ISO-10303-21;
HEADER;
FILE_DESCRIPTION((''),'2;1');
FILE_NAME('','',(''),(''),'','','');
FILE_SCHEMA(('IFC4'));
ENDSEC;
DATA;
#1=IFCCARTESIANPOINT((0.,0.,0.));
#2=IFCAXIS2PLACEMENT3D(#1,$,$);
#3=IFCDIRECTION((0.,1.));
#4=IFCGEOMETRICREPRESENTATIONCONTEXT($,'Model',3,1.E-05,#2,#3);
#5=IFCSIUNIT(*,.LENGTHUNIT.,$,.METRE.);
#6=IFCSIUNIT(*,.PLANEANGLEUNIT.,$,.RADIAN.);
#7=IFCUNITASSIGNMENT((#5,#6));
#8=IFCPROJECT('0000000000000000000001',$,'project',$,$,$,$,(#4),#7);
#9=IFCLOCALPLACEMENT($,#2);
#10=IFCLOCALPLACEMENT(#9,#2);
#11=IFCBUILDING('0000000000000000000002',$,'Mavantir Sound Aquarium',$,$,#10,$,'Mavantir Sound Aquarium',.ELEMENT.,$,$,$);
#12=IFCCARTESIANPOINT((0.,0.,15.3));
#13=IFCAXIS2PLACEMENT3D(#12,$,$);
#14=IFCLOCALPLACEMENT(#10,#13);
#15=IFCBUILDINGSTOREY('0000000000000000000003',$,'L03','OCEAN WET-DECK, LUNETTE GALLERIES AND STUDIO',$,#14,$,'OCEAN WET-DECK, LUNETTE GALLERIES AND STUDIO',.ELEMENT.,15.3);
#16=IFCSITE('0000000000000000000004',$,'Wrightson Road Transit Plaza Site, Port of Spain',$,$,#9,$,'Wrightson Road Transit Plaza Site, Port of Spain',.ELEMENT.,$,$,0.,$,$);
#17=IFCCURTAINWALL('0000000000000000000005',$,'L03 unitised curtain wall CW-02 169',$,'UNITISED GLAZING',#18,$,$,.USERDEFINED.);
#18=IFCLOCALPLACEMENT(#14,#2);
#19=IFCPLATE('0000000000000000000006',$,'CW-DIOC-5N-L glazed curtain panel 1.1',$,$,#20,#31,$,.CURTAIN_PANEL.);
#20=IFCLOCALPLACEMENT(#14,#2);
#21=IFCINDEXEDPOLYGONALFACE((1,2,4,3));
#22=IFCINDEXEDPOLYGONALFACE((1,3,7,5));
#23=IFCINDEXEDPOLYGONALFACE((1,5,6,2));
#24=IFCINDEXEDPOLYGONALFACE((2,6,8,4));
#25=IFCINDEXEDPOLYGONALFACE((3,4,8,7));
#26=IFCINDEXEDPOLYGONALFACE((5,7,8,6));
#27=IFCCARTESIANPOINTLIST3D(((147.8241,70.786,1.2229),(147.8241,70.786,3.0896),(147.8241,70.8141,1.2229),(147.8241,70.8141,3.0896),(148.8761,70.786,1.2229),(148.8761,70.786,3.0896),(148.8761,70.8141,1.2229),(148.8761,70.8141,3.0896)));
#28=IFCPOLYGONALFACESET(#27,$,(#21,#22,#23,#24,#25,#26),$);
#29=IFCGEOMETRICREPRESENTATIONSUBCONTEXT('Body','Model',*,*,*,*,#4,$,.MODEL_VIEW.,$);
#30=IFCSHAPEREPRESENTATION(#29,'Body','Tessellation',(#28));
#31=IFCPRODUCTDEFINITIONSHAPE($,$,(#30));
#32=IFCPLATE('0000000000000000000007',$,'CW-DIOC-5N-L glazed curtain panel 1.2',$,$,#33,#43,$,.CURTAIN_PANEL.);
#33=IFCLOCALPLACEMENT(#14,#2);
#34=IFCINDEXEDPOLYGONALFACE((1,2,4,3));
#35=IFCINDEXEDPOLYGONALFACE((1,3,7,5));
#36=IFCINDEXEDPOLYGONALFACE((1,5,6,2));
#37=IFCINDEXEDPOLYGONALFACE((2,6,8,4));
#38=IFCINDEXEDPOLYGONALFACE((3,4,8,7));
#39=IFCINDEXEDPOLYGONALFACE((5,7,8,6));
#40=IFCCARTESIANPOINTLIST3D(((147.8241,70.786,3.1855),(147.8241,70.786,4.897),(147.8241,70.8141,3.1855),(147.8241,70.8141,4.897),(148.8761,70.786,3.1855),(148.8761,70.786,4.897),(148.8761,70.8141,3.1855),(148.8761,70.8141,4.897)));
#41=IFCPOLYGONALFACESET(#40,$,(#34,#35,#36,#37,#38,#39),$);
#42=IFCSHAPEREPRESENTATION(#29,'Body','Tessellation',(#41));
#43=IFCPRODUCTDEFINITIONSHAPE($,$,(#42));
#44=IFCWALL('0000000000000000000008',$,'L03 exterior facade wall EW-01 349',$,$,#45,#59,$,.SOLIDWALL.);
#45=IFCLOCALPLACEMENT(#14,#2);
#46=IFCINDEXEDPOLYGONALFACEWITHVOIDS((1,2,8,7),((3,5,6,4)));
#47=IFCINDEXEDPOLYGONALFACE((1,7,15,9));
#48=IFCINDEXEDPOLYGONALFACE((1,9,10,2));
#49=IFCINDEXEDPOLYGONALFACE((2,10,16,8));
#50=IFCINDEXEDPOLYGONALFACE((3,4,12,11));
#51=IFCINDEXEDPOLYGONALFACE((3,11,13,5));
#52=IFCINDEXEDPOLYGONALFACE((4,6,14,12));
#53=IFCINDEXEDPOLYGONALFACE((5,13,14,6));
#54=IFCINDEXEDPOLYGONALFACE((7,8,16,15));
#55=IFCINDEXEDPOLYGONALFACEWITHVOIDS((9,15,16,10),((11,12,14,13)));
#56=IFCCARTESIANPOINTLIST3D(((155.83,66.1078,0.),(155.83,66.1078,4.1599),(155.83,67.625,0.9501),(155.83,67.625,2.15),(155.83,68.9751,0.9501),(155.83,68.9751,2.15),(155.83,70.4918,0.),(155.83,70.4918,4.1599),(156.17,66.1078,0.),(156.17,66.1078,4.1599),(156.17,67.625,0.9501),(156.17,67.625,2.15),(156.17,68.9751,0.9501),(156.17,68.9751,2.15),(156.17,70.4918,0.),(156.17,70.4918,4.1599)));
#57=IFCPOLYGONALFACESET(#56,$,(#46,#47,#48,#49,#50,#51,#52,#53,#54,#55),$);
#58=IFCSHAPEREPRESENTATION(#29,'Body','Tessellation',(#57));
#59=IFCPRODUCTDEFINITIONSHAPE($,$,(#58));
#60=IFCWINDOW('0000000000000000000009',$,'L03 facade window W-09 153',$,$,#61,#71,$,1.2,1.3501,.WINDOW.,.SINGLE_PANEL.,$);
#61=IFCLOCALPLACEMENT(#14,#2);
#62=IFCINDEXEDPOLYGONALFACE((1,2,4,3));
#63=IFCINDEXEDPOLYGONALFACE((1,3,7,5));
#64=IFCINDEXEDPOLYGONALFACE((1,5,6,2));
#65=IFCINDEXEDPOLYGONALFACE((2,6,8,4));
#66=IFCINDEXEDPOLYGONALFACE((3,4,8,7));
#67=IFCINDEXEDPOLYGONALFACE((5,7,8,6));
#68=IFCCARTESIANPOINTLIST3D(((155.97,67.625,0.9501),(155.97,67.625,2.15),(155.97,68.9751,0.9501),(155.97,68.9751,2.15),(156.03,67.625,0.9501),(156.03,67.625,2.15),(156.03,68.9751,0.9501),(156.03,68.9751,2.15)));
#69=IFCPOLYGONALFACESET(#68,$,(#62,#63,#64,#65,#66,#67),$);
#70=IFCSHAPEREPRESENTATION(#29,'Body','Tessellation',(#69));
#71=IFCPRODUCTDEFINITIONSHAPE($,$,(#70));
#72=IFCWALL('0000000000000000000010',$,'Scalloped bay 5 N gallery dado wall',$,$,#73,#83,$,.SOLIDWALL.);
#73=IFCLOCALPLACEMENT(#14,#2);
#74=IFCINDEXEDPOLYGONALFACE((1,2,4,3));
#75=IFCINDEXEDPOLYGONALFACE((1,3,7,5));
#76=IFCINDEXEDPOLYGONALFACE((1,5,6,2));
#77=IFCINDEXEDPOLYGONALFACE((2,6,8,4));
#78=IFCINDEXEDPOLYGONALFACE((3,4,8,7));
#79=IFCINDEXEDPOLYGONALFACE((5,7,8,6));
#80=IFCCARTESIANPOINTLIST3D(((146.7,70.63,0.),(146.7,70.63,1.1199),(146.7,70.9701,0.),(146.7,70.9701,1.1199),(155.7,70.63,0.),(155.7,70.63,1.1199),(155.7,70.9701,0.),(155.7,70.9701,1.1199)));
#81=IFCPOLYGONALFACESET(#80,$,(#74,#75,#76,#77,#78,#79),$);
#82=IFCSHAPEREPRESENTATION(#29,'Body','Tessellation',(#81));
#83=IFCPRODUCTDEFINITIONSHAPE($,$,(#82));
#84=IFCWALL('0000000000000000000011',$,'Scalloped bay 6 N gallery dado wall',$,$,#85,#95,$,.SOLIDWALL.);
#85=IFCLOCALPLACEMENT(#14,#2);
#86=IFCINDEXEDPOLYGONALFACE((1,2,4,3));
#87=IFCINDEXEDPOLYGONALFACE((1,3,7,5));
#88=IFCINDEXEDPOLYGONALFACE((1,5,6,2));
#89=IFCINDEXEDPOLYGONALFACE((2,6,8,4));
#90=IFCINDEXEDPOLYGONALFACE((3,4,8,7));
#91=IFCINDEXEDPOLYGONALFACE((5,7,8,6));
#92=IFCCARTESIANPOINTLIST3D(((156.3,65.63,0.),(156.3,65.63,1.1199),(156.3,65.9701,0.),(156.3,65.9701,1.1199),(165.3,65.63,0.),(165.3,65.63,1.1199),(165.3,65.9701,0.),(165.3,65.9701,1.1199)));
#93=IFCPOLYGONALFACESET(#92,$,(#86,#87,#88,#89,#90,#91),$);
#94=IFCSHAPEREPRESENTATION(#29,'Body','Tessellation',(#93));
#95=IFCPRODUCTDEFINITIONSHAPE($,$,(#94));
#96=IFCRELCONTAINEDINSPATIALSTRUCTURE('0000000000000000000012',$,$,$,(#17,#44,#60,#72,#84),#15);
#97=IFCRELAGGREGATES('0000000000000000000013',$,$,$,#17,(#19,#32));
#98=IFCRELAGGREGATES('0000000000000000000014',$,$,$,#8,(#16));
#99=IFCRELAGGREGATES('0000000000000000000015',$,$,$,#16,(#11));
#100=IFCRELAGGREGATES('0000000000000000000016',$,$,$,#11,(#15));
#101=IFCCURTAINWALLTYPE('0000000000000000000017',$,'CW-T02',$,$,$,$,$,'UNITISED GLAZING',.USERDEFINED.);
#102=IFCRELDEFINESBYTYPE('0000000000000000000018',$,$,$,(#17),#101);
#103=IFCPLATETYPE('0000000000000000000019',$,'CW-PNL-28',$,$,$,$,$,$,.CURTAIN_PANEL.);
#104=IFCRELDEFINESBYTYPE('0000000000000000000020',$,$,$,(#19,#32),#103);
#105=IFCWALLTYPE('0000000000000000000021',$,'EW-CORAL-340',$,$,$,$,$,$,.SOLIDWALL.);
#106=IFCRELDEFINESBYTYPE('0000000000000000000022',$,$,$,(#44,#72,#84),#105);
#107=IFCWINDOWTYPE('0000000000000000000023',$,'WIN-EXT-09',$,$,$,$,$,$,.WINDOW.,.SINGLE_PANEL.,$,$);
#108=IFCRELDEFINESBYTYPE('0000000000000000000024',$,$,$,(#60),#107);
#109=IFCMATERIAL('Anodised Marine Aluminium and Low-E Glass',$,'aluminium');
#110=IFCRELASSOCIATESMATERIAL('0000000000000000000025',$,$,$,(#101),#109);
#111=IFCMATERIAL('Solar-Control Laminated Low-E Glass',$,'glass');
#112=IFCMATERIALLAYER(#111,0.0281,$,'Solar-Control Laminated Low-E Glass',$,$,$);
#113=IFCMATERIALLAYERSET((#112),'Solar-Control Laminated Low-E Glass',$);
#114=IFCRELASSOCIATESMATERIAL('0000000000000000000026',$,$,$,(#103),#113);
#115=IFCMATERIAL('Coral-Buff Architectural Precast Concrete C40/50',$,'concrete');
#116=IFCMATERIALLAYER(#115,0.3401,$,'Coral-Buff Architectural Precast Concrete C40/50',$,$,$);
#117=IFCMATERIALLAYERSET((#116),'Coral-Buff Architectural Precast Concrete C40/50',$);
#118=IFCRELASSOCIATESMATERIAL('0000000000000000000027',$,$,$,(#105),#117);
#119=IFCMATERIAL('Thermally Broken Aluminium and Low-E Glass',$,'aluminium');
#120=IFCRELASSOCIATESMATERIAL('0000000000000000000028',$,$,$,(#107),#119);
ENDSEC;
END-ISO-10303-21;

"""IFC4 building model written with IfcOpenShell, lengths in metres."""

from ifc_helpers import new_model, si_unit, direction, frame, frame_2d, origin, origin_2d, place, context, subcontext, project, spatial, rectangle, extrude, material, layer, layer_set, type_object, element, fill, aggregate, save


model = new_model("IFC4")

# Units and contexts
model_context = context("Model", 3, precision=1e-05, world=origin(), true_north=direction((0.0, 1.0)))
body_context = subcontext(model_context, "Body", "Model", "MODEL_VIEW")
ifc_project = project(units=[si_unit("LENGTHUNIT", "METRE"), si_unit("PLANEANGLEUNIT", "RADIAN")], contexts=[model_context])

# Site, building, storey
site_placement = place(None, origin())
site = spatial("IfcSite", under=ifc_project, at=site_placement, Name="Wrightson Road Transit Plaza Site, Port of Spain", LongName="Wrightson Road Transit Plaza Site, Port of Spain", CompositionType="ELEMENT", RefElevation=0.0)
building_placement = place(site_placement, origin())
building = spatial("IfcBuilding", under=site, at=building_placement, Name="Mavantir Sound Aquarium", LongName="Mavantir Sound Aquarium", CompositionType="ELEMENT")
storey_placement = place(building_placement, frame((0.0, 0.0, 15.3)))
storey = spatial("IfcBuildingStorey", under=building, at=storey_placement, Name="L03", Description="OCEAN WET-DECK, LUNETTE GALLERIES AND STUDIO", LongName="OCEAN WET-DECK, LUNETTE GALLERIES AND STUDIO", CompositionType="ELEMENT", Elevation=15.3)

# Curtain wall
ifc_material_1 = material(Name="Anodised Marine Aluminium and Low-E Glass", Category="aluminium")
curtain_wall_type_1 = type_object("IfcCurtainWallType", Name="CW-T02", ElementType="UNITISED GLAZING", PredefinedType="USERDEFINED", material=ifc_material_1)
curtain_wall_1_placement = place(storey_placement, origin())
curtain_wall_1 = element("IfcCurtainWall", 1, at=curtain_wall_1_placement, inside=storey, type_object=curtain_wall_type_1, Name="L03 unitised curtain wall CW-02 169", ObjectType="UNITISED GLAZING", PredefinedType="USERDEFINED")

# Plates
ifc_material_2 = material(Name="Solar-Control Laminated Low-E Glass", Category="glass")
ifc_layer_1 = layer(ifc_material_2, 0.0281, Name="Solar-Control Laminated Low-E Glass")
ifc_layer_set_1 = layer_set([ifc_layer_1], Name="Solar-Control Laminated Low-E Glass")
plate_type = type_object("IfcPlateType", Name="CW-PNL-28", PredefinedType="CURTAIN_PANEL", material=ifc_layer_set_1)
plate_1_placement = place(storey_placement, frame((148.3501, 70.8, 1.2229), z_axis=(0.0, 0.0, 1.0), x_axis=(1.0, 0.0, 0.0)))
plate_1 = element("IfcPlate", 2, at=plate_1_placement, type_object=plate_type, Name="CW-DIOC-5N-L glazed curtain panel 1.1", PredefinedType="CURTAIN_PANEL", context=body_context, shape_type="SweptSolid", body=[
    extrude(rectangle(XDim=1.052, YDim=0.0281, at=origin_2d()), origin(), (0.0, 0.0, 1.0), 1.8667),
])
plate_2_placement = place(storey_placement, frame((148.3501, 70.8, 3.1855), z_axis=(0.0, 0.0, 1.0), x_axis=(1.0, 0.0, 0.0)))
plate_2 = element("IfcPlate", 3, at=plate_2_placement, type_object=plate_type, Name="CW-DIOC-5N-L glazed curtain panel 1.2", PredefinedType="CURTAIN_PANEL", context=body_context, shape_type="SweptSolid", body=[
    extrude(rectangle(XDim=1.052, YDim=0.0281, at=origin_2d()), origin(), (0.0, 0.0, 1.0), 1.7114),
])
aggregate(curtain_wall_1, [plate_1, plate_2])

# Wall, opening, window
ifc_material_3 = material(Name="Coral-Buff Architectural Precast Concrete C40/50", Category="concrete")
ifc_layer_2 = layer(ifc_material_3, 0.3401, Name="Coral-Buff Architectural Precast Concrete C40/50")
ifc_layer_set_2 = layer_set([ifc_layer_2], Name="Coral-Buff Architectural Precast Concrete C40/50")
wall_type = type_object("IfcWallType", Name="EW-CORAL-340", PredefinedType="SOLIDWALL", material=ifc_layer_set_2)
wall_placement = place(storey_placement, frame((156.0, 66.1079, 0.0), z_axis=(0.0, 0.0, 1.0), x_axis=(0.0, 1.0, 0.0)))
wall = element("IfcWall", 4, at=wall_placement, inside=storey, type_object=wall_type, Name="L03 exterior facade wall EW-01 349", PredefinedType="SOLIDWALL", context=body_context, shape_type="SweptSolid", body=[
    extrude(rectangle(XDim=4.384, YDim=0.3401, at=frame_2d((2.1919, 0.0))), origin(), (0.0, 0.0, 1.0), 4.1599),
])
opening_placement = place(wall_placement, frame((1.5171, 0.0, 0.95)))
opening = element("IfcOpeningElement", 5, at=opening_placement, cuts=wall, PredefinedType="OPENING", context=body_context, shape_type="SweptSolid", body=[
    extrude(rectangle(XDim=1.3501, YDim=1.2, at=frame_2d((0.675, 0.6001))), frame((0.0, 0.1802, 0.0), z_axis=(0.0, -1.0, 0.0), x_axis=(1.0, 0.0, 0.0)), (0.0, 0.0, 1.0), 0.3601),
])
ifc_material_4 = material(Name="Thermally Broken Aluminium and Low-E Glass", Category="aluminium")
window_type = type_object("IfcWindowType", Name="WIN-EXT-09", PartitioningType="SINGLE_PANEL", PredefinedType="WINDOW", material=ifc_material_4)
window_placement = place(opening_placement, origin())
window = element("IfcWindow", 6, at=window_placement, inside=storey, type_object=window_type, Name="L03 facade window W-09 153", OverallHeight=1.2, OverallWidth=1.3501, PartitioningType="SINGLE_PANEL", PredefinedType="WINDOW", context=body_context, shape_type="SweptSolid", body=[
    extrude(rectangle(XDim=1.3501, YDim=1.2, at=frame_2d((0.675, 0.6001))), frame((0.0, 0.03, 0.0), z_axis=(0.0, -1.0, 0.0), x_axis=(1.0, 0.0, 0.0)), (0.0, 0.0, 1.0), 0.0601),
])
fill(opening, window)

# Walls
for number, where, z_axis, x_axis, name in (
    (7, (146.7, 70.8, 0.0), (0.0, 0.0, 1.0), (1.0, 0.0, 0.0), "Scalloped bay 5 N gallery dado wall"),
    (8, (156.3, 65.8, 0.0), (0.0, 0.0, 1.0), (1.0, 0.0, 0.0), "Scalloped bay 6 N gallery dado wall"),
):
    element("IfcWall", number, at=place(storey_placement, frame(where, z_axis=z_axis, x_axis=x_axis)), inside=storey, type_object=wall_type, Name=name, PredefinedType="SOLIDWALL", context=body_context, shape_type="SweptSolid", body=[
        extrude(rectangle(XDim=9.0, YDim=0.3401, at=frame_2d((4.5, 0.0))), origin(), (0.0, 0.0, 1.0), 1.1199),
    ])

save(model, "model.ifc")
